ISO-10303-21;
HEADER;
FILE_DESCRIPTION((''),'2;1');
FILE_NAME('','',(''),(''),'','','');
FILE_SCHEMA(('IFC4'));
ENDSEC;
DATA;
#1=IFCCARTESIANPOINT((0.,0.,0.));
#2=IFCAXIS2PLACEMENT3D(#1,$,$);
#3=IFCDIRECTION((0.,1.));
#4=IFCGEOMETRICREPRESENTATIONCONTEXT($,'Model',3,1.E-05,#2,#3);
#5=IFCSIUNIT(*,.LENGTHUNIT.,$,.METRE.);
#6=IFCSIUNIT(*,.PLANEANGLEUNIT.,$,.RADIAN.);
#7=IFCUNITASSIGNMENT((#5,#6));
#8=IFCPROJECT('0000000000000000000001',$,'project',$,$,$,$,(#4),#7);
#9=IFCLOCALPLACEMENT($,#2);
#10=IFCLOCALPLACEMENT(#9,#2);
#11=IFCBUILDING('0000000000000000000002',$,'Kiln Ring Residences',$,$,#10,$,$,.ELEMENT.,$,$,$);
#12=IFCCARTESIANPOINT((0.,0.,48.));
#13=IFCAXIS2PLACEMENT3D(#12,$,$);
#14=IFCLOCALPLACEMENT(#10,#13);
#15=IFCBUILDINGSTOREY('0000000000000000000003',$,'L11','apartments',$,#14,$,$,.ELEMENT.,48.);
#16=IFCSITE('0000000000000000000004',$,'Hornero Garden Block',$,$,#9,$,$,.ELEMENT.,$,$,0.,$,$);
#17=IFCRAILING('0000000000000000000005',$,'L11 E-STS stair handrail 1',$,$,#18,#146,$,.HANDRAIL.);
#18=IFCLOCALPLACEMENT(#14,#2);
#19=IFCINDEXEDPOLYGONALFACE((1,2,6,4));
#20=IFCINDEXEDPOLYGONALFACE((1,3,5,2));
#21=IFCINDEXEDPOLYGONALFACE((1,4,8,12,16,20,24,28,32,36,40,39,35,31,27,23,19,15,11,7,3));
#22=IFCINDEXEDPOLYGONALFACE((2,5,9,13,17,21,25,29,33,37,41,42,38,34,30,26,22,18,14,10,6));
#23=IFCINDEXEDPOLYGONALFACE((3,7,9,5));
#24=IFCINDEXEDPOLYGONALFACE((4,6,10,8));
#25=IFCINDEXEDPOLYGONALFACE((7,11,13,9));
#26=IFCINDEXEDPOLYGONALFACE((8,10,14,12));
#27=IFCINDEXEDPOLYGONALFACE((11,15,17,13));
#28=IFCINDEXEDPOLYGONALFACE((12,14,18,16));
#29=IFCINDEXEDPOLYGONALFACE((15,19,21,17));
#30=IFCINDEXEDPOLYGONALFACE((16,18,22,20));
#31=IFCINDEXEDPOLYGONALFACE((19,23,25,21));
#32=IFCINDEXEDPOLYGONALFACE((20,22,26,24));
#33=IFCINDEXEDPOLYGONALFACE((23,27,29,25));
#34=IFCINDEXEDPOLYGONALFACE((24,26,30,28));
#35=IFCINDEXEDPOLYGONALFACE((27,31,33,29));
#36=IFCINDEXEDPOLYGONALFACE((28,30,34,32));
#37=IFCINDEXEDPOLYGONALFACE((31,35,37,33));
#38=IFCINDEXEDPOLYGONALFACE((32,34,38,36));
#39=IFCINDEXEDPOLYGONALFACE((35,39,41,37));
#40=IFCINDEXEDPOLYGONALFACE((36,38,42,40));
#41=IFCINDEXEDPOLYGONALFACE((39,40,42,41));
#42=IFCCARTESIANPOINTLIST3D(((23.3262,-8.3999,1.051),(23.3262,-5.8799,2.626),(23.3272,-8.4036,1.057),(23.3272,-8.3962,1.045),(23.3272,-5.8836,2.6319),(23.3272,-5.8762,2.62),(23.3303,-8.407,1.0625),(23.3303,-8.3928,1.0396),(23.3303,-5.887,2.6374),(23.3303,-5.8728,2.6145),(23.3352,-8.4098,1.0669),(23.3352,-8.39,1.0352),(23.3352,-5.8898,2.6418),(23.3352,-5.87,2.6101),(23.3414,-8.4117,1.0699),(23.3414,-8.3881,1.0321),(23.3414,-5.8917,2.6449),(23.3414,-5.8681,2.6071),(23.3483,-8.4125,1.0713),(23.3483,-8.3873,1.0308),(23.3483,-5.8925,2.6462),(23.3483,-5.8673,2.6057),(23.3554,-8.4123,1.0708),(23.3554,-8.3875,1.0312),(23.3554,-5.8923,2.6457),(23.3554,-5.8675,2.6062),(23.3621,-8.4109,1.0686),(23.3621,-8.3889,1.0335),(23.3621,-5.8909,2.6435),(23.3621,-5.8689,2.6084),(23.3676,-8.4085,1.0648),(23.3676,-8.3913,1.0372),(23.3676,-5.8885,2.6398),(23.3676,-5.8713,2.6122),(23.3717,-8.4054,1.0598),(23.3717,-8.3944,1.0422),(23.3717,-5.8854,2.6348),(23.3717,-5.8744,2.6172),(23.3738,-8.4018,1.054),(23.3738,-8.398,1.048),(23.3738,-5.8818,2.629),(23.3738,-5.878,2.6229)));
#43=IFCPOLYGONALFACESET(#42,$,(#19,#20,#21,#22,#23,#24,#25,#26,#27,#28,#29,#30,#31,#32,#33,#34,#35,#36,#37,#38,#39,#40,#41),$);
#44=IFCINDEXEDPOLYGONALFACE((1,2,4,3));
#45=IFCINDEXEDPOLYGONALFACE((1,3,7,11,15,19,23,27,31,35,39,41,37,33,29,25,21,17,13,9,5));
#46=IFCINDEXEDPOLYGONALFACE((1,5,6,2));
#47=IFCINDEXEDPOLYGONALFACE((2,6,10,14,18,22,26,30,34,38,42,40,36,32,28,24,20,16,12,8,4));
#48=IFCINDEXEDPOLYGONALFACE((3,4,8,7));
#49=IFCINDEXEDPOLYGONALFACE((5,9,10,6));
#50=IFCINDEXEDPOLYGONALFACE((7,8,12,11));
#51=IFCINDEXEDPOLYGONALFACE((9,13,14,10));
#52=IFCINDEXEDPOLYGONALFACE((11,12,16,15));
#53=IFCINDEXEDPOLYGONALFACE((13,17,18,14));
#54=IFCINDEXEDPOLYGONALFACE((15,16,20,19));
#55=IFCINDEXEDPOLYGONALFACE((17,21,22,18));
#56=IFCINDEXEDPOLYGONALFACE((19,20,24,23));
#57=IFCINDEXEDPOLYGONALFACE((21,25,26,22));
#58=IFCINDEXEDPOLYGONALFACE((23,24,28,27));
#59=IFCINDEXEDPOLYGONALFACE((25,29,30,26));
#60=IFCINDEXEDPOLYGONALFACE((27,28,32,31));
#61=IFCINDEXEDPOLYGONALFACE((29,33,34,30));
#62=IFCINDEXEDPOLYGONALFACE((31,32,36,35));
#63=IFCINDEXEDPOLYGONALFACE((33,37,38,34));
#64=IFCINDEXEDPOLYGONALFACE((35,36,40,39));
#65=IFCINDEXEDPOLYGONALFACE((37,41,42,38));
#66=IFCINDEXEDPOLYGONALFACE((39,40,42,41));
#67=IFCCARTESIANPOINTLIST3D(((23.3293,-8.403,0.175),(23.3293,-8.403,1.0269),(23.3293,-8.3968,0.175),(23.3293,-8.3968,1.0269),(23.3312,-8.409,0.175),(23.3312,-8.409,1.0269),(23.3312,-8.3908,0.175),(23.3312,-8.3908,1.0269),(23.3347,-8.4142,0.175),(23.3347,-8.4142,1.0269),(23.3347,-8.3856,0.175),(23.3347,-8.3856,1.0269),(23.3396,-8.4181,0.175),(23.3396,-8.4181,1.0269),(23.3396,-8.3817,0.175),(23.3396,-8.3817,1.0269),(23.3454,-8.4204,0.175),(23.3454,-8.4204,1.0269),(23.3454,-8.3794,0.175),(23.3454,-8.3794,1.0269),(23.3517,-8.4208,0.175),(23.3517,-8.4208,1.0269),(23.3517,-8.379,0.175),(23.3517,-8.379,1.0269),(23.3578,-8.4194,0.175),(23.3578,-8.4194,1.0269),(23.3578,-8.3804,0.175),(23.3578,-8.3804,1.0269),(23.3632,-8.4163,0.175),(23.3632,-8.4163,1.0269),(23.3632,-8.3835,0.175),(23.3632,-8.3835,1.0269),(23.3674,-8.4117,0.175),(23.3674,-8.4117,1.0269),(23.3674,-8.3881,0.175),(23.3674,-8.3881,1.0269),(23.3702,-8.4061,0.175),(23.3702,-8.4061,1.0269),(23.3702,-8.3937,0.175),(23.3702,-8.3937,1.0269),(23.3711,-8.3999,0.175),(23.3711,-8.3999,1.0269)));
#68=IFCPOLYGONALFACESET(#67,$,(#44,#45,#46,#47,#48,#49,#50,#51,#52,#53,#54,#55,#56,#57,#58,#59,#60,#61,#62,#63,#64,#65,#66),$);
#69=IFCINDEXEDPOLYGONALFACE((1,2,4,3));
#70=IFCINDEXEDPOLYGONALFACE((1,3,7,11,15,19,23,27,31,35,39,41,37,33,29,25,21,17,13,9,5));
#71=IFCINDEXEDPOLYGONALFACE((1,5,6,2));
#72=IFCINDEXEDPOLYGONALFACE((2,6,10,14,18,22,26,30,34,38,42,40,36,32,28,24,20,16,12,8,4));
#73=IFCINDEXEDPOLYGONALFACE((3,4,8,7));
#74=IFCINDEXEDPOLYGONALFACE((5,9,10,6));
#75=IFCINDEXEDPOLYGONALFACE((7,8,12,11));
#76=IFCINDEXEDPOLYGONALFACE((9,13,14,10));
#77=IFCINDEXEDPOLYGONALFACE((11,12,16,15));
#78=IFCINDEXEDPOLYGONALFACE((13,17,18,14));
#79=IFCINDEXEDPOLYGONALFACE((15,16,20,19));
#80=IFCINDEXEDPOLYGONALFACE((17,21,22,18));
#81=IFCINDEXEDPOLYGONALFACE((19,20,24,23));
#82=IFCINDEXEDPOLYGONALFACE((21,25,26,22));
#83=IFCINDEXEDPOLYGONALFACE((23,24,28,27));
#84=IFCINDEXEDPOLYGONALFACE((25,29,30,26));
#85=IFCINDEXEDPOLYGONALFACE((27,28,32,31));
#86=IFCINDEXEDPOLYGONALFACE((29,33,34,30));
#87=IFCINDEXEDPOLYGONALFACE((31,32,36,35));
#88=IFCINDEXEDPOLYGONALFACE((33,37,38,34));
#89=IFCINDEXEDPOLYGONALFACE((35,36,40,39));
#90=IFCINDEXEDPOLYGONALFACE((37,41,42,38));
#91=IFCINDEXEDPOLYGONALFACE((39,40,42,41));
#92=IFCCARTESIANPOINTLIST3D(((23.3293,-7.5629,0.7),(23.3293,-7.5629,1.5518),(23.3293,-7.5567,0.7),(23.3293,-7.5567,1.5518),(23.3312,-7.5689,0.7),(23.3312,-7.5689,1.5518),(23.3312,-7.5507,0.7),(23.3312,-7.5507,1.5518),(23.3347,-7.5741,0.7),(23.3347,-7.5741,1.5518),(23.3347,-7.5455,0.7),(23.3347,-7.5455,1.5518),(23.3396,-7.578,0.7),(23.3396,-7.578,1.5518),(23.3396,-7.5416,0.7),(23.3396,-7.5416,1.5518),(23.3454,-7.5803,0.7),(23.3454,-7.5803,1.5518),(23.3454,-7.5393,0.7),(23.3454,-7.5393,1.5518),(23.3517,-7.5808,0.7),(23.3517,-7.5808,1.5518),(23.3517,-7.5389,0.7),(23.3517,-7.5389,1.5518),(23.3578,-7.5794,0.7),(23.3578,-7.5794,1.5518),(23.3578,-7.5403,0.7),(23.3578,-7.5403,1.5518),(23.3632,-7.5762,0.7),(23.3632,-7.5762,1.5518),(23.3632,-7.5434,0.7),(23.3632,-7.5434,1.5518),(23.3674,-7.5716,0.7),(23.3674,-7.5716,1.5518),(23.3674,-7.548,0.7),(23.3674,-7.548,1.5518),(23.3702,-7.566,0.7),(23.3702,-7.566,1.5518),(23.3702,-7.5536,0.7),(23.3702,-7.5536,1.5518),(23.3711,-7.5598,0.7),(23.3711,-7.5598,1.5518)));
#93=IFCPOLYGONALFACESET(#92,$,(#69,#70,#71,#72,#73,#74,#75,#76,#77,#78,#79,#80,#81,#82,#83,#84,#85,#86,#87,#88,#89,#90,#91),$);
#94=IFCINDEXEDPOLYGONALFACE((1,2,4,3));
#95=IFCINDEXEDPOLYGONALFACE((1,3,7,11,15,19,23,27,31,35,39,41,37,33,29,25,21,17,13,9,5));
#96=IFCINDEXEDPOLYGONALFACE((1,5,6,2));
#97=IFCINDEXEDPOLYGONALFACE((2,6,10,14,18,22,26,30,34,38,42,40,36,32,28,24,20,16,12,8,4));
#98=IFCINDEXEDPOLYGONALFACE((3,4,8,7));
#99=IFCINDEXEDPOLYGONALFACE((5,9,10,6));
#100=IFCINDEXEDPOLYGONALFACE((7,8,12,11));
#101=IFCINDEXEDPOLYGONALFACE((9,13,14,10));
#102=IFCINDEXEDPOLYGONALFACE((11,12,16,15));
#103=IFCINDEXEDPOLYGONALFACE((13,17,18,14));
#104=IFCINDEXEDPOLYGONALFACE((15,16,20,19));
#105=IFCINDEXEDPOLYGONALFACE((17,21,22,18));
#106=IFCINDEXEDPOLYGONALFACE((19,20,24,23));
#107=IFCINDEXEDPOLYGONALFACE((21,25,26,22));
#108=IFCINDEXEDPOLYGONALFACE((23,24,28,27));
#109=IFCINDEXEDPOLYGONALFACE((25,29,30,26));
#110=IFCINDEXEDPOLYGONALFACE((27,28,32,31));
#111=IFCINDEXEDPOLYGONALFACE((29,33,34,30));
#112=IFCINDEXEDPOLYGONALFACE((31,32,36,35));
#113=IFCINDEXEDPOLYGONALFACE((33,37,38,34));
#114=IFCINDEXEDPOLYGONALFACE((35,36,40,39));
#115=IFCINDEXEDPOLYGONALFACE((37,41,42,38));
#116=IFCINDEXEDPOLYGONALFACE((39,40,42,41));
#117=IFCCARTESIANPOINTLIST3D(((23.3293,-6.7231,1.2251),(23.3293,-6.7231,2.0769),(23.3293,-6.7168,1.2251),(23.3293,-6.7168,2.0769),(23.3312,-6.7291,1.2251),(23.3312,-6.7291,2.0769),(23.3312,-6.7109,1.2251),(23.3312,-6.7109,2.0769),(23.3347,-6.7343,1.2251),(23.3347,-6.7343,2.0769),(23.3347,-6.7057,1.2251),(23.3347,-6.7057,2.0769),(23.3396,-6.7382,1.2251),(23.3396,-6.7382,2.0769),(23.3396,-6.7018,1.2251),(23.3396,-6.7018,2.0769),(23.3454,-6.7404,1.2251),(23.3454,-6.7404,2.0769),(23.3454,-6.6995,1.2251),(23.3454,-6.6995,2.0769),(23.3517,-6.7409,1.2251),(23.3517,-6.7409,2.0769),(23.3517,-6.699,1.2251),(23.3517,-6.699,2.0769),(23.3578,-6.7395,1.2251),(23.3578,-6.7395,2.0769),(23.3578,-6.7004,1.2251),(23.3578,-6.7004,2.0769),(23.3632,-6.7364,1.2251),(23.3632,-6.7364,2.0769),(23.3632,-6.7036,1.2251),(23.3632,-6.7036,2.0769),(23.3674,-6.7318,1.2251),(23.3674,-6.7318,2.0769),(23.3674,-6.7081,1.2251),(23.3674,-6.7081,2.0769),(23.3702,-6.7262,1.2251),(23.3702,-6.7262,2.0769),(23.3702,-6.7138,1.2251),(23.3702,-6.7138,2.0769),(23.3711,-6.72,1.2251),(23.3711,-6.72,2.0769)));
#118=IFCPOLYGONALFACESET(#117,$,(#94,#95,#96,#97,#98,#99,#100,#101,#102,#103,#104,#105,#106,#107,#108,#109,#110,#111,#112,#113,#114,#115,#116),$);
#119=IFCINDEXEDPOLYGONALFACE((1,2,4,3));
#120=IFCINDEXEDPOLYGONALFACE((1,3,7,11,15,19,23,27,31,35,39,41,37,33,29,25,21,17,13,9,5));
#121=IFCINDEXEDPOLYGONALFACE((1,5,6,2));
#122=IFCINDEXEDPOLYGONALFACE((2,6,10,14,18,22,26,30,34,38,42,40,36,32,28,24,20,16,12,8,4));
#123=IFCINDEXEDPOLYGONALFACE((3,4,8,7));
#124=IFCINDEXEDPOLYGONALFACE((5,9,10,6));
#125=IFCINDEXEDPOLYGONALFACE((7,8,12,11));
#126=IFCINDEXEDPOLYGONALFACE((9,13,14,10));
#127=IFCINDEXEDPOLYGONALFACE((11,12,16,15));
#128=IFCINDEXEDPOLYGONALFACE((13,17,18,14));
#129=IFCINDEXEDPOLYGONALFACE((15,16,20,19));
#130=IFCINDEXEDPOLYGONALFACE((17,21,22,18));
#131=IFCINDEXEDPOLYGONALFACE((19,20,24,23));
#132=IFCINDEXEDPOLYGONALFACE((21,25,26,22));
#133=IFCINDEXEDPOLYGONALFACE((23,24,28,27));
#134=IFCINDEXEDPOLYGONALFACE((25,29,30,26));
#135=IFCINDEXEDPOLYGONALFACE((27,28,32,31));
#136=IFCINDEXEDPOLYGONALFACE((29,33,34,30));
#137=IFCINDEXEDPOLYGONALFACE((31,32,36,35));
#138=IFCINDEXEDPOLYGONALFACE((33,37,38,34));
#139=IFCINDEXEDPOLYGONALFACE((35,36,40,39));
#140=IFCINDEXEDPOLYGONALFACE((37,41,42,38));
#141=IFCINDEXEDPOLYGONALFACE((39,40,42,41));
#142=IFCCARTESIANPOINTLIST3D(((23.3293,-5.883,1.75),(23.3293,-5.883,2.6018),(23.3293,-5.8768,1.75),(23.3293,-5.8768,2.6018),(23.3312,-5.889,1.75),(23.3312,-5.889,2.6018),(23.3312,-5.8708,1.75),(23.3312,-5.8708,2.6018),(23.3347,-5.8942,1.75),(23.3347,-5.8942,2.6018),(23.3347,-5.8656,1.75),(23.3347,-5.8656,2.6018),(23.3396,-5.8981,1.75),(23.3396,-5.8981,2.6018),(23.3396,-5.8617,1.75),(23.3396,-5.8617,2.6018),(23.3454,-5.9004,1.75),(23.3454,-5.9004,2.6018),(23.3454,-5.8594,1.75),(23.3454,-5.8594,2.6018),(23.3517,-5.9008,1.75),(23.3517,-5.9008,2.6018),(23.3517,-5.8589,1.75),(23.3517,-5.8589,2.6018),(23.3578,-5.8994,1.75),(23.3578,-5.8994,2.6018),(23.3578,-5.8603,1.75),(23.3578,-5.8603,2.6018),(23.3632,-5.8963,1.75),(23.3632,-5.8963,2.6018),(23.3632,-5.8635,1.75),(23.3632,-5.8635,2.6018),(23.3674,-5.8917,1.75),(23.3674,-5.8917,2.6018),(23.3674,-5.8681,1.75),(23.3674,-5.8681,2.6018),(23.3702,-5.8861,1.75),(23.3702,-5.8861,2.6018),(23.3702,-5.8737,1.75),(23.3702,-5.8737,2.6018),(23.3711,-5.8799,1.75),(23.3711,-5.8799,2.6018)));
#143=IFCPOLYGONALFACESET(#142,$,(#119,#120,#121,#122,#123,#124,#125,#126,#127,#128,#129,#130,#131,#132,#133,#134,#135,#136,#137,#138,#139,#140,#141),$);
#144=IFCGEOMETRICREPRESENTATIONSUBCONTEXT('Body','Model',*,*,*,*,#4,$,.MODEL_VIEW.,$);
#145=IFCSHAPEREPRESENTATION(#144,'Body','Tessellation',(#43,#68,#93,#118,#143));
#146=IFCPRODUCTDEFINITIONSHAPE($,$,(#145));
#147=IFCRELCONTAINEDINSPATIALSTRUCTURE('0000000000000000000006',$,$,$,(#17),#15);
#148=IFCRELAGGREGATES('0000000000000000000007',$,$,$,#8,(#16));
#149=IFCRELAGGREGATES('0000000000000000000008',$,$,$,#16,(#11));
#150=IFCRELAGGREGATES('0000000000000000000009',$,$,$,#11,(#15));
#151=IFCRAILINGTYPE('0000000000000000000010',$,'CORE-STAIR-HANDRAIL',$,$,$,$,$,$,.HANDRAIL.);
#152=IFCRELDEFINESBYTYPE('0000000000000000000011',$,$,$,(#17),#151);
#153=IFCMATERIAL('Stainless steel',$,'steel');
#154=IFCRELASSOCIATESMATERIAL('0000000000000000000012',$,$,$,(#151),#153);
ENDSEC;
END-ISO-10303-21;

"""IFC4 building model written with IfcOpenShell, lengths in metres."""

from ifc_helpers import new_model, si_unit, direction, frame, origin, origin_2d, place, context, subcontext, project, spatial, circle, extrude, material, type_object, element, save


model = new_model("IFC4")

# Units and contexts
model_context = context("Model", 3, precision=1e-05, world=origin(), true_north=direction((0.0, 1.0)))
body_context = subcontext(model_context, "Body", "Model", "MODEL_VIEW")
ifc_project = project(units=[si_unit("LENGTHUNIT", "METRE"), si_unit("PLANEANGLEUNIT", "RADIAN")], contexts=[model_context])

# Site, building, storey
site_placement = place(None, origin())
site = spatial("IfcSite", under=ifc_project, at=site_placement, Name="Hornero Garden Block", CompositionType="ELEMENT", RefElevation=0.0)
building_placement = place(site_placement, origin())
building = spatial("IfcBuilding", under=site, at=building_placement, Name="Kiln Ring Residences", CompositionType="ELEMENT")
storey_placement = place(building_placement, frame((0.0, 0.0, 48.0)))
storey = spatial("IfcBuildingStorey", under=building, at=storey_placement, Name="L11", Description="apartments", CompositionType="ELEMENT", Elevation=48.0)

# Railing
ifc_material_1 = material(Name="Stainless steel", Category="steel")
railing_type_1 = type_object("IfcRailingType", Name="CORE-STAIR-HANDRAIL", PredefinedType="HANDRAIL", material=ifc_material_1)
railing_1_placement = place(storey_placement, frame((23.3501, -8.3999, 0.175)))
element("IfcRailing", 1, at=railing_1_placement, inside=storey, type_object=railing_type_1, Name="L11 E-STS stair handrail 1", PredefinedType="HANDRAIL", context=body_context, shape_type="SweptSolid", body=[
    extrude(circle(Radius=0.0239, at=origin_2d()), frame((0.0, 0.0, 0.876), z_axis=(0.0, 0.848008, 0.529984), x_axis=(-1.0, 0.0, 0.0)), (0.0, 0.0, 1.0), 2.9717),
    extrude(circle(Radius=0.021, at=origin_2d()), origin(), (0.0, 0.0, 1.0), 0.8518),
    extrude(circle(Radius=0.021, at=origin_2d()), frame((0.0, 0.8401, 0.5249)), (0.0, 0.0, 1.0), 0.8518),
    extrude(circle(Radius=0.021, at=origin_2d()), frame((0.0, 1.6799, 1.05)), (0.0, 0.0, 1.0), 0.8518),
    extrude(circle(Radius=0.021, at=origin_2d()), frame((0.0, 2.52, 1.575)), (0.0, 0.0, 1.0), 0.8518),
])

save(model, "model.ifc")
